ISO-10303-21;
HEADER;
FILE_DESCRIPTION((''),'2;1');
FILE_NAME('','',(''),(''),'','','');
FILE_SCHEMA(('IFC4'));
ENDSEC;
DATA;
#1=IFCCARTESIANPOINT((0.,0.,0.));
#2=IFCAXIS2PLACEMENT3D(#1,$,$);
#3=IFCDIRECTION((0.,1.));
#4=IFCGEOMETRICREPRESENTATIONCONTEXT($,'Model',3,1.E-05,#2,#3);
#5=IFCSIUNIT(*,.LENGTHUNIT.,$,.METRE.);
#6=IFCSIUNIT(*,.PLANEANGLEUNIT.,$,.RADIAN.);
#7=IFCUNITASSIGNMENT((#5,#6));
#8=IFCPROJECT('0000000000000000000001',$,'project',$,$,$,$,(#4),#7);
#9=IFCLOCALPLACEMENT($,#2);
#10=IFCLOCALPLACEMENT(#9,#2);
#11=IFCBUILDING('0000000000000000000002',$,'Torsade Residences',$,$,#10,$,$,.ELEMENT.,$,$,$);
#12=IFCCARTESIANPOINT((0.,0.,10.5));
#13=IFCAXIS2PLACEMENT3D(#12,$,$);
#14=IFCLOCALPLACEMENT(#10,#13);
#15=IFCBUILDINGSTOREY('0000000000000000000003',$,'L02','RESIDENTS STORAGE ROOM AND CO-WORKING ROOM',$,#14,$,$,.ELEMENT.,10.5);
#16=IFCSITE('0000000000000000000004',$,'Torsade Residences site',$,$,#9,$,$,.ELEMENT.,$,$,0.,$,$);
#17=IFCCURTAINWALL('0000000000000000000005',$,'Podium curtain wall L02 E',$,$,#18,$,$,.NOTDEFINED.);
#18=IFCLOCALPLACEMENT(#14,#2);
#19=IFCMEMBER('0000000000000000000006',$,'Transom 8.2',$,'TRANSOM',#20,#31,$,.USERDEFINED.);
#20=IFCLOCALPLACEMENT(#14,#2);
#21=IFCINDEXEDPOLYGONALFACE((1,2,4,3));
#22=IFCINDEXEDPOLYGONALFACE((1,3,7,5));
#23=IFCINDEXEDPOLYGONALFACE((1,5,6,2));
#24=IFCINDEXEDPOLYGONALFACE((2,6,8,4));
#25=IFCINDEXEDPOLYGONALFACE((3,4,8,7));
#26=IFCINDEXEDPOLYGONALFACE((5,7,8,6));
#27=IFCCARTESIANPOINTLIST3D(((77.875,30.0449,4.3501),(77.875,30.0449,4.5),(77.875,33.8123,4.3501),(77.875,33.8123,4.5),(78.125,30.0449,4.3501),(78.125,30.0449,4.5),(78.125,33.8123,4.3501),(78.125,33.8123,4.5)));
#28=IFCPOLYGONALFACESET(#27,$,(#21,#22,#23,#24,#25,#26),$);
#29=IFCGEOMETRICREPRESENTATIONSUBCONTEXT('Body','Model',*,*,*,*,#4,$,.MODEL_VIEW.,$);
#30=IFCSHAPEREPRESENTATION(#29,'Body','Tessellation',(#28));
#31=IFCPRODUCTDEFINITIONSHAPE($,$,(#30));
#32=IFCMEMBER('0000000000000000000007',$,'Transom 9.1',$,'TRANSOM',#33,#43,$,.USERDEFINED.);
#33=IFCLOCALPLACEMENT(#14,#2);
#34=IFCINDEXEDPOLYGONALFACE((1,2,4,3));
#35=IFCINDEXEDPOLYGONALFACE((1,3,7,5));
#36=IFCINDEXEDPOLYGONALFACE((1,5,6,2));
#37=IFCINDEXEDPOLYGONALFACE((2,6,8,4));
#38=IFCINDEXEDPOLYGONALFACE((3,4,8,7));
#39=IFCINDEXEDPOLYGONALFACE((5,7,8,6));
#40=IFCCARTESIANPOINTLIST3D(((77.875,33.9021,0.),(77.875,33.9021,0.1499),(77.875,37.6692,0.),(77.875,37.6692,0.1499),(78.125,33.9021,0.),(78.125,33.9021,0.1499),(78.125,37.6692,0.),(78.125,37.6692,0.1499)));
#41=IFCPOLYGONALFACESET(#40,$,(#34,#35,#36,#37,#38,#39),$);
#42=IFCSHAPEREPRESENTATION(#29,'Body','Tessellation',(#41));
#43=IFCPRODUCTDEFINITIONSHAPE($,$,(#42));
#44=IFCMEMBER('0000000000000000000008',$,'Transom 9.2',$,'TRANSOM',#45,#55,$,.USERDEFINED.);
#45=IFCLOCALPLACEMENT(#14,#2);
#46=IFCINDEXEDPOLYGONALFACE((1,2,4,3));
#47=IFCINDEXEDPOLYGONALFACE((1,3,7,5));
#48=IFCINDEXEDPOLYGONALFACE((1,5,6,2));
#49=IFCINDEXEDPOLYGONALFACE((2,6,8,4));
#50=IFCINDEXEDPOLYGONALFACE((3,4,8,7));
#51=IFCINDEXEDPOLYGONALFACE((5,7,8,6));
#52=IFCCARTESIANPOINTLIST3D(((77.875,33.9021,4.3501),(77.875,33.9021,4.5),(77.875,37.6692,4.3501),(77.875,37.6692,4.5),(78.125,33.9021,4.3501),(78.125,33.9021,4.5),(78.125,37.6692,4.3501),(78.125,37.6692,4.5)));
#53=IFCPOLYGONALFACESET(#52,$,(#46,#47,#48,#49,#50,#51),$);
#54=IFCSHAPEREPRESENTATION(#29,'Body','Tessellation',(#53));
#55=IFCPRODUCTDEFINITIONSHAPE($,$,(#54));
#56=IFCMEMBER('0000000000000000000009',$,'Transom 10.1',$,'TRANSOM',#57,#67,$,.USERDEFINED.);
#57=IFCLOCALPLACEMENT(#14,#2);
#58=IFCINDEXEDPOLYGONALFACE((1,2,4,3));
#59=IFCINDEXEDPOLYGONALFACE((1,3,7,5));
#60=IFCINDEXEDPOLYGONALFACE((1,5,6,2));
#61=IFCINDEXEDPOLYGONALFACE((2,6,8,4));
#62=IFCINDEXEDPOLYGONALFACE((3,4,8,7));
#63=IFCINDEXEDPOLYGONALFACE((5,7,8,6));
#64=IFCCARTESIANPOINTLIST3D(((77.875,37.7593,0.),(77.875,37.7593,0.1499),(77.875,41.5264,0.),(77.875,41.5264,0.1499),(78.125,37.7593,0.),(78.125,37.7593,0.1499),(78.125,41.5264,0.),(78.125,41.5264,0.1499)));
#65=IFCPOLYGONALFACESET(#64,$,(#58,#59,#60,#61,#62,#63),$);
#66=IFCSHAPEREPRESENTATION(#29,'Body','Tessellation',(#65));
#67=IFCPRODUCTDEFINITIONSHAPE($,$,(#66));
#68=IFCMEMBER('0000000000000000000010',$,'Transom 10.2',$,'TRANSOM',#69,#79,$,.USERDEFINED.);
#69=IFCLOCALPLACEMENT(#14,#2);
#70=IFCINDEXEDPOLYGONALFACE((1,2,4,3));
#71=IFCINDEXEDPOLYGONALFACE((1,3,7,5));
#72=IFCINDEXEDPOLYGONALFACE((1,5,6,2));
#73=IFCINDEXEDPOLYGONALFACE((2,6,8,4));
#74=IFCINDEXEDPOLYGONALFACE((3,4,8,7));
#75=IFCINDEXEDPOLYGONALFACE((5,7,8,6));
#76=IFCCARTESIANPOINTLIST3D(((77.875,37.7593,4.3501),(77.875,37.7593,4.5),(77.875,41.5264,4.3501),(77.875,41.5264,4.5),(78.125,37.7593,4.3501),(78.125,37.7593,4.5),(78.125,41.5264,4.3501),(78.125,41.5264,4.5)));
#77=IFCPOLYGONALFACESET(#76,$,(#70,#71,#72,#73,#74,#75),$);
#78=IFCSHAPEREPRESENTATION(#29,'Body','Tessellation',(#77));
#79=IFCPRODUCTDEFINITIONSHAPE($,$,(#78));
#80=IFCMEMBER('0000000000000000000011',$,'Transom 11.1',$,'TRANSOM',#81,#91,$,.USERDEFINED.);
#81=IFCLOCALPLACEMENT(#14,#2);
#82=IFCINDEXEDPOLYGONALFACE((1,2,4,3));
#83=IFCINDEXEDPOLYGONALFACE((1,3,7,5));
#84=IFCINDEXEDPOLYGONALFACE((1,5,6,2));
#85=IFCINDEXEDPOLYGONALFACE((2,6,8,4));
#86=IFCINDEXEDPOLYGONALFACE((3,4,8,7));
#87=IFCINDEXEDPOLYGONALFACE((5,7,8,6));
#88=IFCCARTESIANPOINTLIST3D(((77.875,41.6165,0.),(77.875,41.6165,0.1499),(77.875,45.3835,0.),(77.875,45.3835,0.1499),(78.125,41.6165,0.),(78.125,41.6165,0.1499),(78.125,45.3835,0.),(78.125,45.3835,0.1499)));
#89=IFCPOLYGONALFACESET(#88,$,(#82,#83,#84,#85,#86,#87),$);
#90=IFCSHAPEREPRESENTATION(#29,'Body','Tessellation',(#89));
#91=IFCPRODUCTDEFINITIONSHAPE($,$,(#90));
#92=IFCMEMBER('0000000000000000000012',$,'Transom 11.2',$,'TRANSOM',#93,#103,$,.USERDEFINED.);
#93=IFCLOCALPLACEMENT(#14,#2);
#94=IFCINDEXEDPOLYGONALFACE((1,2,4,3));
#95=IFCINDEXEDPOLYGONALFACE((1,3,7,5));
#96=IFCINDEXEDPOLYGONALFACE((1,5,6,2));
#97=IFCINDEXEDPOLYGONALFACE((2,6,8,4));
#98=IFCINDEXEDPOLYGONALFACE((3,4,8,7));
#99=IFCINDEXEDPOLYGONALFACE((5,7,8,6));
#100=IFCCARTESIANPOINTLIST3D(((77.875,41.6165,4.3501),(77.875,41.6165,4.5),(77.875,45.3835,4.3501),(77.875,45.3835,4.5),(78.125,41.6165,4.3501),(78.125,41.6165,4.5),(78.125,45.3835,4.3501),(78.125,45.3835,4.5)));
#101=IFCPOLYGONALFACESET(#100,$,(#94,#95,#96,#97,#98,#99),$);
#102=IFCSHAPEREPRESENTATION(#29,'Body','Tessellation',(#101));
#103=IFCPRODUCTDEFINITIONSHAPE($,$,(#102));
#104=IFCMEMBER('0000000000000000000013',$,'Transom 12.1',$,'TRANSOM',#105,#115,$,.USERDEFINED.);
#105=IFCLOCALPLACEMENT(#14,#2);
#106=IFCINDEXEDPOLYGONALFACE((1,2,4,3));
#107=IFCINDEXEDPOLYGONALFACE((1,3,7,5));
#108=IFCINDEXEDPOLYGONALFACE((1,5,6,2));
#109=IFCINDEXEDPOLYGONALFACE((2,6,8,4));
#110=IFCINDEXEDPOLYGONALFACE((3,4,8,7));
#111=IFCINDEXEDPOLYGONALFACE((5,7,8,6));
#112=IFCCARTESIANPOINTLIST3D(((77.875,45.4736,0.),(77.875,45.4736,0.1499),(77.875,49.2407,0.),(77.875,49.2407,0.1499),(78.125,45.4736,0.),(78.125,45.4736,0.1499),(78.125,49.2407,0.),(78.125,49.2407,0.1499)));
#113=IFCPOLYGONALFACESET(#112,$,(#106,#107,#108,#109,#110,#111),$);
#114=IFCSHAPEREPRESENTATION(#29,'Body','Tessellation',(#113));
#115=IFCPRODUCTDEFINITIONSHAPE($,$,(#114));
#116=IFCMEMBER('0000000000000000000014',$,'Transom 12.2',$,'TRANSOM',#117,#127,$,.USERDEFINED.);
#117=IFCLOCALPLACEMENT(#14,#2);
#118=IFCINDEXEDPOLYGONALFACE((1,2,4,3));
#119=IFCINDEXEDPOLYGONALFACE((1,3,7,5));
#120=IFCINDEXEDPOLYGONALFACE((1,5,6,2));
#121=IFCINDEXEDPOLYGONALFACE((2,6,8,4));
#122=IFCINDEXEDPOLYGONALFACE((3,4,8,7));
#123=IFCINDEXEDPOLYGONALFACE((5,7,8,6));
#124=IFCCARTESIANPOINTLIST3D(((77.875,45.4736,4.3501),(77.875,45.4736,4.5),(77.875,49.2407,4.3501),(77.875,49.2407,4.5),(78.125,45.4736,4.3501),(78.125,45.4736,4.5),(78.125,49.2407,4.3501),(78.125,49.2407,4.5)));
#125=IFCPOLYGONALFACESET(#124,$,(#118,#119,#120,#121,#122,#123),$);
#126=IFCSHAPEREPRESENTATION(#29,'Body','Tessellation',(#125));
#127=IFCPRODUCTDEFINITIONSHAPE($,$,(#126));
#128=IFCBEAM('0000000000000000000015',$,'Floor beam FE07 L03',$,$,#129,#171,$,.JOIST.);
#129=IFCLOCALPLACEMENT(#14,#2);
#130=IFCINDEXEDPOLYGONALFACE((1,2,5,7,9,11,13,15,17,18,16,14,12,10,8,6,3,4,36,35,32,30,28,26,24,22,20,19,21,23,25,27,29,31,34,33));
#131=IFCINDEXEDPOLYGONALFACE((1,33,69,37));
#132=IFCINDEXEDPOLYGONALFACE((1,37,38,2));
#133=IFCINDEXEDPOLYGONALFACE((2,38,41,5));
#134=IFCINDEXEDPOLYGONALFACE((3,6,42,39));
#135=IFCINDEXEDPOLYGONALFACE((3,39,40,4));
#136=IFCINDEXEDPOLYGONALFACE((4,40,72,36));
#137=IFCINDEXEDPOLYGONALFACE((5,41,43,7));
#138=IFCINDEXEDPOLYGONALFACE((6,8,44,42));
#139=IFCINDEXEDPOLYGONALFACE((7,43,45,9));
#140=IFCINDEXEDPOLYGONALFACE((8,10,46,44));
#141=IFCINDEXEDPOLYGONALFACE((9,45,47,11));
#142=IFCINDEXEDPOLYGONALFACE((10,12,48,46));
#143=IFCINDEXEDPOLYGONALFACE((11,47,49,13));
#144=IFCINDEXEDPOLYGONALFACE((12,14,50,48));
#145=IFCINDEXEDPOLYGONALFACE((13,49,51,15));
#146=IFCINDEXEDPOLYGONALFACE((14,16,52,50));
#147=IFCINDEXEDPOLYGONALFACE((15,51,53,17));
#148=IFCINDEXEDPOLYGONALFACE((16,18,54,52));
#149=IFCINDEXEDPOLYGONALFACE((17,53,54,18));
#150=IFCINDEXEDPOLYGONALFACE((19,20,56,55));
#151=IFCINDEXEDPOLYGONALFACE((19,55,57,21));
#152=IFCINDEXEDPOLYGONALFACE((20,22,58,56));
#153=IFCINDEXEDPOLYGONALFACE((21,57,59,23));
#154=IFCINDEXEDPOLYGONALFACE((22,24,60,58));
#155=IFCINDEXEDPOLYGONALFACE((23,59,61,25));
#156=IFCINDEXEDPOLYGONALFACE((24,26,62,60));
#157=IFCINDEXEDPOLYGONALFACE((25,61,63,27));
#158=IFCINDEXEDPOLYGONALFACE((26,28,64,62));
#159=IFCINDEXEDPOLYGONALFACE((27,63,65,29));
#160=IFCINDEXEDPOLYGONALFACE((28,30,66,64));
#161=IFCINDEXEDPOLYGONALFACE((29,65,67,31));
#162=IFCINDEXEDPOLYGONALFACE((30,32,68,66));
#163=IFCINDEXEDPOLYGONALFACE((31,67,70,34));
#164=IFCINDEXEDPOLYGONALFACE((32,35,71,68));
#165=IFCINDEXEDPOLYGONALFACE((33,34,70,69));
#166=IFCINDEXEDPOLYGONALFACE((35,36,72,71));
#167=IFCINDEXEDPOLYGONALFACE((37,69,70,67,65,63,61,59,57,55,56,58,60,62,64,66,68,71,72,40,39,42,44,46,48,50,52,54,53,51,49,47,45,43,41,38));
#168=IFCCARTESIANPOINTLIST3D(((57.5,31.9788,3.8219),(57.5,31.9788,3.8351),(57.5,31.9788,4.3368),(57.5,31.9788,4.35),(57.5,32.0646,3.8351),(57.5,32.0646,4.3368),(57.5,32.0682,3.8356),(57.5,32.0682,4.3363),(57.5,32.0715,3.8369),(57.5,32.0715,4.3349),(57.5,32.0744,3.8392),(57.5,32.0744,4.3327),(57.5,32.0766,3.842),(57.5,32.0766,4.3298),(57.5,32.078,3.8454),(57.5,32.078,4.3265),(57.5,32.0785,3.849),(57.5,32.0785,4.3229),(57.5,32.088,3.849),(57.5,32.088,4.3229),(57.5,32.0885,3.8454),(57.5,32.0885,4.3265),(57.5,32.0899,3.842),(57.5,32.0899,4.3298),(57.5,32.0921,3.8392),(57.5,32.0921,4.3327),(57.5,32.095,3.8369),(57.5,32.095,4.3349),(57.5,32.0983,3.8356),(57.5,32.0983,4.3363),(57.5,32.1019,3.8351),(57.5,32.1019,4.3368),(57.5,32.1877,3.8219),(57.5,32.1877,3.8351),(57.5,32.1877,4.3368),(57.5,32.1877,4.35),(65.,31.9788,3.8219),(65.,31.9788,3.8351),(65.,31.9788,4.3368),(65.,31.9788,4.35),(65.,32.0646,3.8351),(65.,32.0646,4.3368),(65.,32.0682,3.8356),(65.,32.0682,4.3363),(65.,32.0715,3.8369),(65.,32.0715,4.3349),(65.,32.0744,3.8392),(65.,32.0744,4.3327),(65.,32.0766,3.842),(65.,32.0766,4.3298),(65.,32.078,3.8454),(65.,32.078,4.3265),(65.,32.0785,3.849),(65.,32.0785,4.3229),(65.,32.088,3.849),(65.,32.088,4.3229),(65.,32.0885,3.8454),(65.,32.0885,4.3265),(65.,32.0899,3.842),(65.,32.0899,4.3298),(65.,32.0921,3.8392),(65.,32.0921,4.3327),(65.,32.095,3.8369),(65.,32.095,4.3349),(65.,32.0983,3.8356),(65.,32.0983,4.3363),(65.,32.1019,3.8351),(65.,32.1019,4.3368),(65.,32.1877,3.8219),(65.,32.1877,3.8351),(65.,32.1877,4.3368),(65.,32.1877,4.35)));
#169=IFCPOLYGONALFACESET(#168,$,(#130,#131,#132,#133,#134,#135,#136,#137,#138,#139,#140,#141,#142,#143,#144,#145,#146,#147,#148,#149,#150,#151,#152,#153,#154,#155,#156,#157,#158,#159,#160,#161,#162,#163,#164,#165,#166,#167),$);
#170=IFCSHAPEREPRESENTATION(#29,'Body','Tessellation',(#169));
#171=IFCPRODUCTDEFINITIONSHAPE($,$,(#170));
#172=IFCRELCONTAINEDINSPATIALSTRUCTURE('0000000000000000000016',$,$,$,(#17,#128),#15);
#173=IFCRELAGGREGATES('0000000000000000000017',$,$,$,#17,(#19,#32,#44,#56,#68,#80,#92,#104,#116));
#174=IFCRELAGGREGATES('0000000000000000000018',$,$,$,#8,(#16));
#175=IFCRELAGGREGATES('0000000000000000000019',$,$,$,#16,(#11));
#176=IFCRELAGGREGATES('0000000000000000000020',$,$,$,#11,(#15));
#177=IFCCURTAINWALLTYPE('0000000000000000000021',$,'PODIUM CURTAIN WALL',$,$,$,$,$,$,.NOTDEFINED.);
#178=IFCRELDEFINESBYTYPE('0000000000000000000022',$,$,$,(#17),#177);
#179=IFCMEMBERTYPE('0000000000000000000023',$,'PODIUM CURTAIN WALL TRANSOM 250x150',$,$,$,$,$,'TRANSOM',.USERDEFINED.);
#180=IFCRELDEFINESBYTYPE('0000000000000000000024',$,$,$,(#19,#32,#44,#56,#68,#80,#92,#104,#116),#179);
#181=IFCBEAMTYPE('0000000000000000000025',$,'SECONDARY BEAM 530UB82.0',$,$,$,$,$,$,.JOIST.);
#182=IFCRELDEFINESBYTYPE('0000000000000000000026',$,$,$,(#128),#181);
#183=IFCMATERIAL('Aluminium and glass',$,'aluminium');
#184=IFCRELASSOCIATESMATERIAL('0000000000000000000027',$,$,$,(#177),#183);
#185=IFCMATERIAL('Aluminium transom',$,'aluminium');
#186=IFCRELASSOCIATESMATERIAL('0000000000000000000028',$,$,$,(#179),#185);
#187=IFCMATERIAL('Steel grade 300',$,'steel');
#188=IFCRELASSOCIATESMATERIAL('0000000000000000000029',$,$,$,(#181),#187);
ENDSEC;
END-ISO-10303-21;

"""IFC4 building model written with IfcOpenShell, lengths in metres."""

from ifc_helpers import new_model, si_unit, direction, frame, origin, origin_2d, place, context, subcontext, project, spatial, rectangle, i_section, extrude, material, material_profile, profile_set, type_object, element, aggregate, save


model = new_model("IFC4")

# Units and contexts
model_context = context("Model", 3, precision=1e-05, world=origin(), true_north=direction((0.0, 1.0)))
body_context = subcontext(model_context, "Body", "Model", "MODEL_VIEW")
ifc_project = project(units=[si_unit("LENGTHUNIT", "METRE"), si_unit("PLANEANGLEUNIT", "RADIAN")], contexts=[model_context])

# Site, building, storey
site_placement = place(None, origin())
site = spatial("IfcSite", under=ifc_project, at=site_placement, Name="Torsade Residences site", CompositionType="ELEMENT", RefElevation=0.0)
building_placement = place(site_placement, origin())
building = spatial("IfcBuilding", under=site, at=building_placement, Name="Torsade Residences", CompositionType="ELEMENT")
storey_placement = place(building_placement, frame((0.0, 0.0, 10.5)))
storey = spatial("IfcBuildingStorey", under=building, at=storey_placement, Name="L02", Description="RESIDENTS STORAGE ROOM AND CO-WORKING ROOM", CompositionType="ELEMENT", Elevation=10.5)

# Curtain wall, members
ifc_material_1 = material(Name="Aluminium and glass", Category="aluminium")
curtain_wall_type = type_object("IfcCurtainWallType", Name="PODIUM CURTAIN WALL", PredefinedType="NOTDEFINED", material=ifc_material_1)
curtain_wall_placement = place(storey_placement, origin())
curtain_wall = element("IfcCurtainWall", 1, at=curtain_wall_placement, inside=storey, type_object=curtain_wall_type, Name="Podium curtain wall L02 E", PredefinedType="NOTDEFINED")
ifc_material_2 = material(Name="Aluminium transom", Category="aluminium")
ifc_material_profile_1 = material_profile(ifc_material_2, rectangle(XDim=0.25, YDim=0.1499, at=origin_2d()), Name="PODIUM CURTAIN WALL TRANSOM 250x150")
ifc_profile_set_1 = profile_set([ifc_material_profile_1], Name="Aluminium transom")
member_type_1 = type_object("IfcMemberType", Name="PODIUM CURTAIN WALL TRANSOM 250x150", ElementType="TRANSOM", PredefinedType="USERDEFINED", material=ifc_profile_set_1)
member_1_placement = place(storey_placement, frame((78.0, 30.0449, 4.425), z_axis=(0.0, 1.0, 0.0), x_axis=(-1.0, 0.0, 0.0)))
member_1 = element("IfcMember", 2, at=member_1_placement, type_object=member_type_1, Name="Transom 8.2", ObjectType="TRANSOM", PredefinedType="USERDEFINED", context=body_context, shape_type="SweptSolid", body=[
    extrude(rectangle(XDim=0.25, YDim=0.1499, at=origin_2d()), origin(), (0.0, 0.0, 1.0), 3.7673),
])
member_2_placement = place(storey_placement, frame((78.0, 33.9021, 0.075), z_axis=(0.0, 1.0, 0.0), x_axis=(-1.0, 0.0, 0.0)))
member_2 = element("IfcMember", 3, at=member_2_placement, type_object=member_type_1, Name="Transom 9.1", ObjectType="TRANSOM", PredefinedType="USERDEFINED", context=body_context, shape_type="SweptSolid", body=[
    extrude(rectangle(XDim=0.25, YDim=0.1499, at=origin_2d()), origin(), (0.0, 0.0, 1.0), 3.7671),
])
member_3_placement = place(storey_placement, frame((78.0, 33.9021, 4.425), z_axis=(0.0, 1.0, 0.0), x_axis=(-1.0, 0.0, 0.0)))
member_3 = element("IfcMember", 4, at=member_3_placement, type_object=member_type_1, Name="Transom 9.2", ObjectType="TRANSOM", PredefinedType="USERDEFINED", context=body_context, shape_type="SweptSolid", body=[
    extrude(rectangle(XDim=0.25, YDim=0.1499, at=origin_2d()), origin(), (0.0, 0.0, 1.0), 3.7671),
])
member_4_placement = place(storey_placement, frame((78.0, 37.7593, 0.075), z_axis=(0.0, 1.0, 0.0), x_axis=(-1.0, 0.0, 0.0)))
member_4 = element("IfcMember", 5, at=member_4_placement, type_object=member_type_1, Name="Transom 10.1", ObjectType="TRANSOM", PredefinedType="USERDEFINED", context=body_context, shape_type="SweptSolid", body=[
    extrude(rectangle(XDim=0.25, YDim=0.1499, at=origin_2d()), origin(), (0.0, 0.0, 1.0), 3.7671),
])
member_5_placement = place(storey_placement, frame((78.0, 37.7593, 4.425), z_axis=(0.0, 1.0, 0.0), x_axis=(-1.0, 0.0, 0.0)))
member_5 = element("IfcMember", 6, at=member_5_placement, type_object=member_type_1, Name="Transom 10.2", ObjectType="TRANSOM", PredefinedType="USERDEFINED", context=body_context, shape_type="SweptSolid", body=[
    extrude(rectangle(XDim=0.25, YDim=0.1499, at=origin_2d()), origin(), (0.0, 0.0, 1.0), 3.7671),
])
member_6_placement = place(storey_placement, frame((78.0, 41.6165, 0.075), z_axis=(0.0, 1.0, 0.0), x_axis=(-1.0, 0.0, 0.0)))
member_6 = element("IfcMember", 7, at=member_6_placement, type_object=member_type_1, Name="Transom 11.1", ObjectType="TRANSOM", PredefinedType="USERDEFINED", context=body_context, shape_type="SweptSolid", body=[
    extrude(rectangle(XDim=0.25, YDim=0.1499, at=origin_2d()), origin(), (0.0, 0.0, 1.0), 3.7671),
])
member_7_placement = place(storey_placement, frame((78.0, 41.6165, 4.425), z_axis=(0.0, 1.0, 0.0), x_axis=(-1.0, 0.0, 0.0)))
member_7 = element("IfcMember", 8, at=member_7_placement, type_object=member_type_1, Name="Transom 11.2", ObjectType="TRANSOM", PredefinedType="USERDEFINED", context=body_context, shape_type="SweptSolid", body=[
    extrude(rectangle(XDim=0.25, YDim=0.1499, at=origin_2d()), origin(), (0.0, 0.0, 1.0), 3.7671),
])
member_8_placement = place(storey_placement, frame((78.0, 45.4736, 0.075), z_axis=(0.0, 1.0, 0.0), x_axis=(-1.0, 0.0, 0.0)))
member_8 = element("IfcMember", 9, at=member_8_placement, type_object=member_type_1, Name="Transom 12.1", ObjectType="TRANSOM", PredefinedType="USERDEFINED", context=body_context, shape_type="SweptSolid", body=[
    extrude(rectangle(XDim=0.25, YDim=0.1499, at=origin_2d()), origin(), (0.0, 0.0, 1.0), 3.7671),
])
member_9_placement = place(storey_placement, frame((78.0, 45.4736, 4.425), z_axis=(0.0, 1.0, 0.0), x_axis=(-1.0, 0.0, 0.0)))
member_9 = element("IfcMember", 10, at=member_9_placement, type_object=member_type_1, Name="Transom 12.2", ObjectType="TRANSOM", PredefinedType="USERDEFINED", context=body_context, shape_type="SweptSolid", body=[
    extrude(rectangle(XDim=0.25, YDim=0.1499, at=origin_2d()), origin(), (0.0, 0.0, 1.0), 3.7671),
])

# Beam
ifc_material_3 = material(Name="Steel grade 300", Category="steel")
ifc_material_profile_2 = material_profile(ifc_material_3, i_section(OverallWidth=0.209, OverallDepth=0.5281, WebThickness=0.0095, FlangeThickness=0.0132, FilletRadius=0.0139, at=origin_2d()), Name="530UB82.0")
ifc_profile_set_2 = profile_set([ifc_material_profile_2], Name="Steel grade 300")
beam_type_1 = type_object("IfcBeamType", Name="SECONDARY BEAM 530UB82.0", PredefinedType="JOIST", material=ifc_profile_set_2)
beam_1_placement = place(storey_placement, frame((65.0, 32.0833, 4.0859), z_axis=(-1.0, 0.0, 0.0), x_axis=(0.0, -1.0, 0.0)))
element("IfcBeam", 11, at=beam_1_placement, inside=storey, type_object=beam_type_1, Name="Floor beam FE07 L03", PredefinedType="JOIST", context=body_context, shape_type="SweptSolid", body=[
    extrude(i_section(OverallWidth=0.209, OverallDepth=0.5281, WebThickness=0.0095, FlangeThickness=0.0132, FilletRadius=0.0139, at=origin_2d()), origin(), (0.0, 0.0, 1.0), 7.5),
])

aggregate(curtain_wall, [member_1, member_2, member_3, member_4, member_5, member_6, member_7, member_8, member_9])

save(model, "model.ifc")
